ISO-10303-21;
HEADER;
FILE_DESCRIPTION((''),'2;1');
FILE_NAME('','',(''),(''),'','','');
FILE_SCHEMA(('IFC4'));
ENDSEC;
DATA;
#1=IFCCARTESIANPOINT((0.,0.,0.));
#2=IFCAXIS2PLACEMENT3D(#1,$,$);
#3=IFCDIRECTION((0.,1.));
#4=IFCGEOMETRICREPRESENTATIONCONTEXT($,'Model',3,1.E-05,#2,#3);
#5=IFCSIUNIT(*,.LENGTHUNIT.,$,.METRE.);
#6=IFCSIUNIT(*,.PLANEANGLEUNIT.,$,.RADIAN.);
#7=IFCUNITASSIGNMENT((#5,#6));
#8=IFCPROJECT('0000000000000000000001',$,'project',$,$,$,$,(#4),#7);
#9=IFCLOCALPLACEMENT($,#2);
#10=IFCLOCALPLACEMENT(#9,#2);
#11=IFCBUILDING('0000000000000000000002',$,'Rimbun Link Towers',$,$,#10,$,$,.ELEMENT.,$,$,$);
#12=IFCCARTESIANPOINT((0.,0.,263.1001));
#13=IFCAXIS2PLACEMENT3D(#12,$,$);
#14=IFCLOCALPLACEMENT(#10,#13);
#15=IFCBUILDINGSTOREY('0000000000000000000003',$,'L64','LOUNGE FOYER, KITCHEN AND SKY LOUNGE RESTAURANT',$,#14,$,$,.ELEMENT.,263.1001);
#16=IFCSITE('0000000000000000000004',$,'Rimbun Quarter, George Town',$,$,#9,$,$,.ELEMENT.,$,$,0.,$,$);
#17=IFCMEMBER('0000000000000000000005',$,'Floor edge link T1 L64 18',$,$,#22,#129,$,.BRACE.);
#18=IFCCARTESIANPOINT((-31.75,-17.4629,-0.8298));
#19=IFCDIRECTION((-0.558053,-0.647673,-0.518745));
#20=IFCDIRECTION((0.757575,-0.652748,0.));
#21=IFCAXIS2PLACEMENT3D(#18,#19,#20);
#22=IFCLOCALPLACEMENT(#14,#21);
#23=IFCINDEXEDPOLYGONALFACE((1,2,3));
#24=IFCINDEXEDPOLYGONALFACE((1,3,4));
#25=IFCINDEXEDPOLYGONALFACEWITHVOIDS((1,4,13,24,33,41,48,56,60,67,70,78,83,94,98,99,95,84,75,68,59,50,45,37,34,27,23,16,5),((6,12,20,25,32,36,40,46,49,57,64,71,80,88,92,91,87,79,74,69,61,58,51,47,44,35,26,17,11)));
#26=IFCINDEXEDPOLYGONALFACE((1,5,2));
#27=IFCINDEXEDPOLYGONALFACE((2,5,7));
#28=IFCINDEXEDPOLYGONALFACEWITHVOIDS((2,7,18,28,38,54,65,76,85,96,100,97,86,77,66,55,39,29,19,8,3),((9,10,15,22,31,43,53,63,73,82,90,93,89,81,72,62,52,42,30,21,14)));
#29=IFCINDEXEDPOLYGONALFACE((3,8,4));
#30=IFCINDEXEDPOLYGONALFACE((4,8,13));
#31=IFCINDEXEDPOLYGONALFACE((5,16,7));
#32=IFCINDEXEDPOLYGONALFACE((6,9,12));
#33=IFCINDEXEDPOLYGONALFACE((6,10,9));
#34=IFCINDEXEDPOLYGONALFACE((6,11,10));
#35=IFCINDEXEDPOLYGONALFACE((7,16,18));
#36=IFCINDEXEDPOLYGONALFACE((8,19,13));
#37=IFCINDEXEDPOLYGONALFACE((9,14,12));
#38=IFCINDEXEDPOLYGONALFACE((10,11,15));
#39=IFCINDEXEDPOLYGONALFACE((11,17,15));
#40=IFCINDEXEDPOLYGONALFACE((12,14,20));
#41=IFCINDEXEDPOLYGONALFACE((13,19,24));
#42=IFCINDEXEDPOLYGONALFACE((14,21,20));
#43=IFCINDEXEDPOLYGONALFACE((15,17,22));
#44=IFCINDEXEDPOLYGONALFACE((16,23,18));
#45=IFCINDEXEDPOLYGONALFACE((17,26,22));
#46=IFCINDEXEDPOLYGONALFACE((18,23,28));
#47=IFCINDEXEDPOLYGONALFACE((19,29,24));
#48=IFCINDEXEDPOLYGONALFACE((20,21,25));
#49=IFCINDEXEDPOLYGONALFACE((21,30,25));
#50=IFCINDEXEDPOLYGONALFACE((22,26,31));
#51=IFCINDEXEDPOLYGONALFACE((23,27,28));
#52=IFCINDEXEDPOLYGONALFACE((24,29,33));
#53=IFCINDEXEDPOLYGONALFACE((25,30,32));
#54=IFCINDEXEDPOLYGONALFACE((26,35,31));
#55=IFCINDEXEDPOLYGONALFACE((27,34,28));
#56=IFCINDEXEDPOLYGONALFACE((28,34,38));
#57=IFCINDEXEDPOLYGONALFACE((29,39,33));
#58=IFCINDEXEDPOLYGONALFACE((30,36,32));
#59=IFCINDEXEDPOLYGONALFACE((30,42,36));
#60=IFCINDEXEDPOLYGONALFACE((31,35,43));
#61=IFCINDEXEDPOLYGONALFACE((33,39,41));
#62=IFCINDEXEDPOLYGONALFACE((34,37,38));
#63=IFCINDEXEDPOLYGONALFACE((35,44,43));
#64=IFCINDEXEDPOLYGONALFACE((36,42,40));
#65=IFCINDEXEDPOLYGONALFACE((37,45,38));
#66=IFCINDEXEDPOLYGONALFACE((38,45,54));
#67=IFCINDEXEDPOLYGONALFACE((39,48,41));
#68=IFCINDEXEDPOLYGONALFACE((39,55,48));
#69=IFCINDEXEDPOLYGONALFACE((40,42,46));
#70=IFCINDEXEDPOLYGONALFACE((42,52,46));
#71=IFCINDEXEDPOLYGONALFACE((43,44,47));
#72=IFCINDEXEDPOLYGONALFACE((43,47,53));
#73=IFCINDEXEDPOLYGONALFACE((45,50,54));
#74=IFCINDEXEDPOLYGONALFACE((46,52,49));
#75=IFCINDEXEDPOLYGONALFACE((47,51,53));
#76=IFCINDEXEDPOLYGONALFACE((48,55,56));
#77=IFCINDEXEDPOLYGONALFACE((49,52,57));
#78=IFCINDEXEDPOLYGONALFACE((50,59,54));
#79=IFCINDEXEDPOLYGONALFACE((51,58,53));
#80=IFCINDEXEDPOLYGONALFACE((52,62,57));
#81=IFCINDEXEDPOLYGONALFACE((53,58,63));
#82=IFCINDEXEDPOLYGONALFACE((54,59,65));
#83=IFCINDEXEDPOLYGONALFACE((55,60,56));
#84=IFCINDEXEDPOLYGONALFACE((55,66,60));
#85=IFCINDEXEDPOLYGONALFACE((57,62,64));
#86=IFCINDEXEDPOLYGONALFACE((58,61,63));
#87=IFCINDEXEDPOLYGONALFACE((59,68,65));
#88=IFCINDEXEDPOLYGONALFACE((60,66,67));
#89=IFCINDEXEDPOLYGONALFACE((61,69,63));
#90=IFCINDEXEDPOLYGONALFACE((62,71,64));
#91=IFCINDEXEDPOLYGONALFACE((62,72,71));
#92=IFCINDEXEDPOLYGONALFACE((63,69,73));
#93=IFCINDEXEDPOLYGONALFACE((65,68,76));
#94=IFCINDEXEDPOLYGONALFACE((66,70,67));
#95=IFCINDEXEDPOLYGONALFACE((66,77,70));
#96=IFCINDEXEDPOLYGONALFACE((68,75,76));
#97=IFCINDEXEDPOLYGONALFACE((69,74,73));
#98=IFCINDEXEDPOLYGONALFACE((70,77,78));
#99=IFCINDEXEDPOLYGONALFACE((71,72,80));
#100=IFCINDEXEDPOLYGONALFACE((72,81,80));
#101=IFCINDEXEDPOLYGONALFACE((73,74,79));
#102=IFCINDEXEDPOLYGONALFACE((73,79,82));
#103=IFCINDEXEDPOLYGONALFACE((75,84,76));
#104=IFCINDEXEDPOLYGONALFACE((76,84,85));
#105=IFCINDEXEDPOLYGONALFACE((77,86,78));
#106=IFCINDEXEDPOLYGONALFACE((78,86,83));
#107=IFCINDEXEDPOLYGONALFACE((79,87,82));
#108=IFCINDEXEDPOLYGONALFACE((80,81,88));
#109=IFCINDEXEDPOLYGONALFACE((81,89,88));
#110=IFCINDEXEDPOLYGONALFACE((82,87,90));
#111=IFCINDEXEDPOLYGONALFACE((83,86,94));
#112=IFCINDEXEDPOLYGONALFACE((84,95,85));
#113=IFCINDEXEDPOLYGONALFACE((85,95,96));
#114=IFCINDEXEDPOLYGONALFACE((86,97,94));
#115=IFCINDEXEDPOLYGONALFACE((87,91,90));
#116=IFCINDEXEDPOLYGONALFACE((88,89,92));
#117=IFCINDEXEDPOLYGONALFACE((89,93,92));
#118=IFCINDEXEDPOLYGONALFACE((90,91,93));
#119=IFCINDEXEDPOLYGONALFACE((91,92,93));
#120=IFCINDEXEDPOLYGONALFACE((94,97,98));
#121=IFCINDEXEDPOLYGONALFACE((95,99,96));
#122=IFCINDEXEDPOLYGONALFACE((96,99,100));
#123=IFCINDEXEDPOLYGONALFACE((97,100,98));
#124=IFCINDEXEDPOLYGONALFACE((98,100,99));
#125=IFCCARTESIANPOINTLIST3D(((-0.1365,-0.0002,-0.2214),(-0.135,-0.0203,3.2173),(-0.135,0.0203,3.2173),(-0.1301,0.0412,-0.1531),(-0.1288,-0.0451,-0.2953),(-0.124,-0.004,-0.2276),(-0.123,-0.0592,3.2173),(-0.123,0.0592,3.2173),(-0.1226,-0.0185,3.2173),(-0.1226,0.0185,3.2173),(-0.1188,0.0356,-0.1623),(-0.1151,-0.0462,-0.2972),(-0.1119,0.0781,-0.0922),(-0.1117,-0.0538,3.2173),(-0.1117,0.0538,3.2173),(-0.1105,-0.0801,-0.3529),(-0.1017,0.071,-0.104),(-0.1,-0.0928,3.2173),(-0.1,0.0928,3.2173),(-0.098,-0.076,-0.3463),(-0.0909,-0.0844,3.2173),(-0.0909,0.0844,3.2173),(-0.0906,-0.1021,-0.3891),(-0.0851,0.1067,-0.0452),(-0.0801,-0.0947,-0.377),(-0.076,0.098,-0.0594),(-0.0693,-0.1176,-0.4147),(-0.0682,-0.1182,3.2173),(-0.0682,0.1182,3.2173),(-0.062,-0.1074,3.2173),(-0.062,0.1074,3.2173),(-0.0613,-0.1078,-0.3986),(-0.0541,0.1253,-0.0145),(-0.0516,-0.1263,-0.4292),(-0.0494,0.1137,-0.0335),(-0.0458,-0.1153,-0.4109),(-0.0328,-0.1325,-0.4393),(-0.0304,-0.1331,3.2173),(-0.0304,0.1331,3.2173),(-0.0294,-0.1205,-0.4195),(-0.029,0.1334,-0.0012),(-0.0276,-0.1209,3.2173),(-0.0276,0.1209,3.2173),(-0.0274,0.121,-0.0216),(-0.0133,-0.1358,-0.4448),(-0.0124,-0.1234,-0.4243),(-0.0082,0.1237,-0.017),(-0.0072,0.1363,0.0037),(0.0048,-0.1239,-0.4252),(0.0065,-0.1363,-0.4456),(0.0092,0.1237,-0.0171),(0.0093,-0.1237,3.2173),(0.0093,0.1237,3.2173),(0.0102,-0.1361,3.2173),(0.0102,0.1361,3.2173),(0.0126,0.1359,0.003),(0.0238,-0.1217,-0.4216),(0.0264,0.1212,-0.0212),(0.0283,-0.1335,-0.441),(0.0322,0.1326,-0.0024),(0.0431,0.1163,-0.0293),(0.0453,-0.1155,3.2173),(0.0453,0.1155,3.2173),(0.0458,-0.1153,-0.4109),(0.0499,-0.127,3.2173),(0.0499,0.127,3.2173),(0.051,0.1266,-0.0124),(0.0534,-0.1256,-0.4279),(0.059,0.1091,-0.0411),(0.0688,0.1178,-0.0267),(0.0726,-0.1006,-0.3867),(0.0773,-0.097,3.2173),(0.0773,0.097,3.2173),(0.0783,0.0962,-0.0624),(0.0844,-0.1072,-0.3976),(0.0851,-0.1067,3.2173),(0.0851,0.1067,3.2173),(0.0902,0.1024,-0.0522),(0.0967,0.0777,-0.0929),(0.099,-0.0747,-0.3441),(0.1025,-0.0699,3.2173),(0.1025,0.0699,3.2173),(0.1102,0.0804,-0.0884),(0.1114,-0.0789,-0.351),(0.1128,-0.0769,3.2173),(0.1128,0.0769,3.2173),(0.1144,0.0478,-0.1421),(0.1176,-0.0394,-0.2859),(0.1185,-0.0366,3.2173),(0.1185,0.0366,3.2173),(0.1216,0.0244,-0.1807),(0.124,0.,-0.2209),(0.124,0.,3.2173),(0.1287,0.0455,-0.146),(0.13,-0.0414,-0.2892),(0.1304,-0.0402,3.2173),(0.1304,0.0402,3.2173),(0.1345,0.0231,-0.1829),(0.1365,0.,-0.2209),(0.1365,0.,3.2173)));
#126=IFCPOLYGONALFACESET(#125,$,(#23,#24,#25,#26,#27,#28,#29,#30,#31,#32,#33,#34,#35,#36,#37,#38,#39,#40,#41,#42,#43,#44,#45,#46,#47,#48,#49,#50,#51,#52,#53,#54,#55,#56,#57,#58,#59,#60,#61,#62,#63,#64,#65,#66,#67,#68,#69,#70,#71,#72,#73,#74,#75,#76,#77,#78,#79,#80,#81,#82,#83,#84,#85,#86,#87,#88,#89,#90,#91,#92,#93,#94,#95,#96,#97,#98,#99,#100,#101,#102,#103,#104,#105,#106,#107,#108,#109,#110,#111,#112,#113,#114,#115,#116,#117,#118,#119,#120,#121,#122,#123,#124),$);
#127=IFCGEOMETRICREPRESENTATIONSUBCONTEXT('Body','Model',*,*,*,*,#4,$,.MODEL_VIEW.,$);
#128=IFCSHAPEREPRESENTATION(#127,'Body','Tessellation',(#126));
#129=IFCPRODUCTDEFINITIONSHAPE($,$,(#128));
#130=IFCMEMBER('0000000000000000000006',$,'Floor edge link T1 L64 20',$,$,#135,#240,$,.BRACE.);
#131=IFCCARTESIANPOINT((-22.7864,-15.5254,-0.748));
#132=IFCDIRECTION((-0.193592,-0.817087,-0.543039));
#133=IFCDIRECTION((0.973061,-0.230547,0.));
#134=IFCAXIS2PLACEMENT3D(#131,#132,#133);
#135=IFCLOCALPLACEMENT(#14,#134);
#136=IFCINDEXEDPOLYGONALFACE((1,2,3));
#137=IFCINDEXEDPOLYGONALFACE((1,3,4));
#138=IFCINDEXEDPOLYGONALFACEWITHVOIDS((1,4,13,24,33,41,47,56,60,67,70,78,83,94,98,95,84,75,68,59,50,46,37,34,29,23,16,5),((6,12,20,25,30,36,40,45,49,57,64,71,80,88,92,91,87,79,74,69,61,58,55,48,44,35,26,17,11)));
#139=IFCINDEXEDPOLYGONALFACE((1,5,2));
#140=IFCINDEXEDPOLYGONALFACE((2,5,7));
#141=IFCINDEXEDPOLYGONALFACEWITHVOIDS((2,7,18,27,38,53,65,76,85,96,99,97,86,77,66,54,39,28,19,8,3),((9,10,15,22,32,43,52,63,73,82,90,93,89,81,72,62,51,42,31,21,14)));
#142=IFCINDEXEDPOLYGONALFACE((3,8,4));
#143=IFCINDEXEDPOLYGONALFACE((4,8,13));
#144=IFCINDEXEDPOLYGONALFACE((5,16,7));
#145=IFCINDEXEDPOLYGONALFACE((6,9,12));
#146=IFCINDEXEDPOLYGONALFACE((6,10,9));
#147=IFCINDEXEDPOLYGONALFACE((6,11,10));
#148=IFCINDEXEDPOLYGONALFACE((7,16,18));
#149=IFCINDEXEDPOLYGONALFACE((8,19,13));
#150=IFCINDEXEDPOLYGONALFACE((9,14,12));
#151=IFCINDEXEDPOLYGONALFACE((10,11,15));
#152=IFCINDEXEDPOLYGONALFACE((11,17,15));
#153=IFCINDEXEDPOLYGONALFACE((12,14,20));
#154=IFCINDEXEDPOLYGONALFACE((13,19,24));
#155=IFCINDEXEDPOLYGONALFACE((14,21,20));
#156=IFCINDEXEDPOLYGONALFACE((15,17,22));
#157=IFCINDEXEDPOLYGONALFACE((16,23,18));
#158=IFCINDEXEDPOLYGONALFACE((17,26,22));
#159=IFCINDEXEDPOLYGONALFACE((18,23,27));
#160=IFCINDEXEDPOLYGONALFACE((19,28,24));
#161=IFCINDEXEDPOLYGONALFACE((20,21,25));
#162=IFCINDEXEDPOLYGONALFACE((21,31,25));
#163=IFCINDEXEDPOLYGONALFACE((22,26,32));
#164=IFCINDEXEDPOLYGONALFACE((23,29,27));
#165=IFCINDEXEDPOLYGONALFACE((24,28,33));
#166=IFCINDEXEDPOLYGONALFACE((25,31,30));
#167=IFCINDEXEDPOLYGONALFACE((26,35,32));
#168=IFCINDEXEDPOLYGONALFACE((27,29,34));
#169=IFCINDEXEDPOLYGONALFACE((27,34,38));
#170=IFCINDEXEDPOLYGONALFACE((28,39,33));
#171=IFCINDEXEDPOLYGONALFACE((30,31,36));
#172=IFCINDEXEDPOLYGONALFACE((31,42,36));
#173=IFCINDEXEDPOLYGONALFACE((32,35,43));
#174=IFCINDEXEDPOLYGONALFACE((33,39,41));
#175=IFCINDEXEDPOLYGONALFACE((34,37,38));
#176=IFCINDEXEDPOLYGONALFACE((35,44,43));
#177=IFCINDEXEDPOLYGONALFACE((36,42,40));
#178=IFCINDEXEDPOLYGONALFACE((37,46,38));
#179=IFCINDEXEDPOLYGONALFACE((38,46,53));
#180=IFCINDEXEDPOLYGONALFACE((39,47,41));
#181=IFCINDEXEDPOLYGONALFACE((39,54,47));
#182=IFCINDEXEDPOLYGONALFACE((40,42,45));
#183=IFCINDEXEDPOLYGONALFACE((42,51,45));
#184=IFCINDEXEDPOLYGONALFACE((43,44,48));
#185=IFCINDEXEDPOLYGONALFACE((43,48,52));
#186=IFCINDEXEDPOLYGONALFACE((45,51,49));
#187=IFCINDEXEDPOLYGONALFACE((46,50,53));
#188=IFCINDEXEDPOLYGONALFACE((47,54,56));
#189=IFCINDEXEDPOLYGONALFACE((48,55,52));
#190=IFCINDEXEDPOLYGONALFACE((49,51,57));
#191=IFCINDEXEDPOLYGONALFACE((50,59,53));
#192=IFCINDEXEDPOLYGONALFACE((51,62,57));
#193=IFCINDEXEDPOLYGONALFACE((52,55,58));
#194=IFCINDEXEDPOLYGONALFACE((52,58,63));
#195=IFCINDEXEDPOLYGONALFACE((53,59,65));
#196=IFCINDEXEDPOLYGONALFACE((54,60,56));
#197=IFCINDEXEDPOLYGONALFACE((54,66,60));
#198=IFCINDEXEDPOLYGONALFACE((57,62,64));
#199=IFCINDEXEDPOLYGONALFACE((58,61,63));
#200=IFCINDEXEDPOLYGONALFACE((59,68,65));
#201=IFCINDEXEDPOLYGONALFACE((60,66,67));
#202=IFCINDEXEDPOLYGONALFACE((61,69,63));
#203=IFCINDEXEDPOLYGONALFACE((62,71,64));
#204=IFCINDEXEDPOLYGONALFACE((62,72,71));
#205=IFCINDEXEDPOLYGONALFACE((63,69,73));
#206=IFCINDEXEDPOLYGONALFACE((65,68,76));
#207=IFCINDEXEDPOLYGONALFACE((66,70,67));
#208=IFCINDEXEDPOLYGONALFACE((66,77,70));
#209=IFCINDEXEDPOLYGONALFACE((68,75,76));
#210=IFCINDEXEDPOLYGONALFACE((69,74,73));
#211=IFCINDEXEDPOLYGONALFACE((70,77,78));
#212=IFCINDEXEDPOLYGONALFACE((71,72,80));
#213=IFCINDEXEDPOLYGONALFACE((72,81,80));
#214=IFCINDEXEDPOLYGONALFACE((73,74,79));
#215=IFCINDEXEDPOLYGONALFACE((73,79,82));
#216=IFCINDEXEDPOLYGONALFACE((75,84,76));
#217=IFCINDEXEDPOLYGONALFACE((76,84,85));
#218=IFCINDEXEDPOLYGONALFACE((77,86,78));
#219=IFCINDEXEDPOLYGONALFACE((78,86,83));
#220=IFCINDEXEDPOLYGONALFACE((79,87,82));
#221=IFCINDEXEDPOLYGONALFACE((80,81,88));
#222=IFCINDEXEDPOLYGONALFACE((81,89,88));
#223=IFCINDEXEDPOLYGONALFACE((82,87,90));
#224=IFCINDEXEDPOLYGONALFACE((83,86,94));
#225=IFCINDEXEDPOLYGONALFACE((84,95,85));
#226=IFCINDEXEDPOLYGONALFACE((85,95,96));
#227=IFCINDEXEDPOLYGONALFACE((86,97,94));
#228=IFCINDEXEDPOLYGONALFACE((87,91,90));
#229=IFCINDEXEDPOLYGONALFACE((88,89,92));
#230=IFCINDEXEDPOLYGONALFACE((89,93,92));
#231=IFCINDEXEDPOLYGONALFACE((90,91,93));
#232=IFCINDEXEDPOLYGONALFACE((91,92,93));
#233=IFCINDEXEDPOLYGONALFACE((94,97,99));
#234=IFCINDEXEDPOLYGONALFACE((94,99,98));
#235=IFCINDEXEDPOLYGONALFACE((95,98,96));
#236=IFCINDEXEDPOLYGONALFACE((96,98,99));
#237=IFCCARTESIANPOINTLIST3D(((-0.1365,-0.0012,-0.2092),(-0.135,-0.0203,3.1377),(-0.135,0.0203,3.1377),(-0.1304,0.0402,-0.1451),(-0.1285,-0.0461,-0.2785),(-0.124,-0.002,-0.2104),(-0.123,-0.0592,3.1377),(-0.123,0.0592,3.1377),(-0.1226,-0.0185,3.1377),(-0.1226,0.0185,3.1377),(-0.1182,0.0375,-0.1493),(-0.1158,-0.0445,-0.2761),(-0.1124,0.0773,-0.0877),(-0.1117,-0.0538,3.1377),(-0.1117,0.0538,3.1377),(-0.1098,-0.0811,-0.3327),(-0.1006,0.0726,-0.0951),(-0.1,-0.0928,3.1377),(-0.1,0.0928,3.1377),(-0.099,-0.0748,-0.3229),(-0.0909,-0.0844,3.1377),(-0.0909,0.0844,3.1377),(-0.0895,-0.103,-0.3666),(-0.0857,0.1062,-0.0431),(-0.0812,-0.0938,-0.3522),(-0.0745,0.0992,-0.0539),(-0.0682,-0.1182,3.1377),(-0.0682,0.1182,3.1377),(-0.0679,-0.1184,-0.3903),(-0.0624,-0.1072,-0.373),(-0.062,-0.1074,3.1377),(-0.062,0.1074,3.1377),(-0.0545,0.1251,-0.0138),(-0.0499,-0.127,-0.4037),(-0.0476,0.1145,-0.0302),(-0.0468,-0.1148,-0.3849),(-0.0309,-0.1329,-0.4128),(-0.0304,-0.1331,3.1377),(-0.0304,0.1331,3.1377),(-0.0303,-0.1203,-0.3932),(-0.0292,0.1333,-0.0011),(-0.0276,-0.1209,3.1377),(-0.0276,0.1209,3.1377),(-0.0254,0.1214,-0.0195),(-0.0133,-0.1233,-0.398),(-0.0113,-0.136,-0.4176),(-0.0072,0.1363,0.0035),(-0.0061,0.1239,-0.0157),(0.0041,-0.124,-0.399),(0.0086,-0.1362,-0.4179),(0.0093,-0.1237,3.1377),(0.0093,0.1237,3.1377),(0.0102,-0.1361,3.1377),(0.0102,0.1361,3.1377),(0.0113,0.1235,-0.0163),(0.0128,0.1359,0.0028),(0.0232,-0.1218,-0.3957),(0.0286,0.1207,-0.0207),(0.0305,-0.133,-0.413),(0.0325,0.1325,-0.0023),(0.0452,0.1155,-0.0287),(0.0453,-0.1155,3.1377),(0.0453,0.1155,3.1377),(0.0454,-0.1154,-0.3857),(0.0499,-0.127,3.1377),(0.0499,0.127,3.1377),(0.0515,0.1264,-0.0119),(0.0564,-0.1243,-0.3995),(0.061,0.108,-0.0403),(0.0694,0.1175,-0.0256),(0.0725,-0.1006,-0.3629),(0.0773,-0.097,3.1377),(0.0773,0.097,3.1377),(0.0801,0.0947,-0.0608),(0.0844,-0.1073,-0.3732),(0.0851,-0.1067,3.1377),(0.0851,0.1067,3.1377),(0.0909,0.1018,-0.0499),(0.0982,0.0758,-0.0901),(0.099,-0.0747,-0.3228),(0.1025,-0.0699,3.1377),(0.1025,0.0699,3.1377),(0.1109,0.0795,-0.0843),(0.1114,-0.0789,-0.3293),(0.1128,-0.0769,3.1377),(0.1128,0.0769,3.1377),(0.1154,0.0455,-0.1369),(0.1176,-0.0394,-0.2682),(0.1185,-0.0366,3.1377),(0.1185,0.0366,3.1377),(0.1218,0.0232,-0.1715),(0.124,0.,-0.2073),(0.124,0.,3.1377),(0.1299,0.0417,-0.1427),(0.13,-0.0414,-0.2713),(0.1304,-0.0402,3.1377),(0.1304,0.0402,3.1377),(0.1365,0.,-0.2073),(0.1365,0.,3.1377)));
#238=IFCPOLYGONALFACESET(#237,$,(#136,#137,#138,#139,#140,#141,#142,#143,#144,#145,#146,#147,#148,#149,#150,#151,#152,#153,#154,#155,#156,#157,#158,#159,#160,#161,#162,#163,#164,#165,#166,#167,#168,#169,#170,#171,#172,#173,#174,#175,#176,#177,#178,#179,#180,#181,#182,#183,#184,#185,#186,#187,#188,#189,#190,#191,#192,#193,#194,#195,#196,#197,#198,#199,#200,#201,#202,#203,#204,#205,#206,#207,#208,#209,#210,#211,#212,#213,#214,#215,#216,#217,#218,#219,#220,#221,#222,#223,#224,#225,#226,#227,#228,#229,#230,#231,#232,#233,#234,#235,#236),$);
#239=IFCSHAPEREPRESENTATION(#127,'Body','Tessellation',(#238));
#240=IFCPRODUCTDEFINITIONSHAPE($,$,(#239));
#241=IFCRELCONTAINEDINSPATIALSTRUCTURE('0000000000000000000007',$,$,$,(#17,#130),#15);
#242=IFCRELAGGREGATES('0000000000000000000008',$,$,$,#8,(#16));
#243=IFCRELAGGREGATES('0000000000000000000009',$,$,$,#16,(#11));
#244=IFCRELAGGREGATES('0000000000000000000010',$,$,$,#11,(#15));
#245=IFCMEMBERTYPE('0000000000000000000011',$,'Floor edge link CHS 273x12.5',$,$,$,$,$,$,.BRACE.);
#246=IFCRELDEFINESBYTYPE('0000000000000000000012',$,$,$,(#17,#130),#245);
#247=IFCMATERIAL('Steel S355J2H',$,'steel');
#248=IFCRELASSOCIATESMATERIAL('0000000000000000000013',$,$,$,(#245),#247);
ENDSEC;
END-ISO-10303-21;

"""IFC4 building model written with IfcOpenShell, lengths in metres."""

from ifc_helpers import new_model, si_unit, direction, frame, origin, origin_2d, place, context, subcontext, project, spatial, hollow_circle, extrude, clip, halfspace, material, material_profile, profile_set, type_object, element, save


model = new_model("IFC4")

# Units and contexts
model_context = context("Model", 3, precision=1e-05, world=origin(), true_north=direction((0.0, 1.0)))
body_context = subcontext(model_context, "Body", "Model", "MODEL_VIEW")
ifc_project = project(units=[si_unit("LENGTHUNIT", "METRE"), si_unit("PLANEANGLEUNIT", "RADIAN")], contexts=[model_context])

# Site, building, storey
site_placement = place(None, origin())
site = spatial("IfcSite", under=ifc_project, at=site_placement, Name="Rimbun Quarter, George Town", CompositionType="ELEMENT", RefElevation=0.0)
building_placement = place(site_placement, origin())
building = spatial("IfcBuilding", under=site, at=building_placement, Name="Rimbun Link Towers", CompositionType="ELEMENT")
storey_placement = place(building_placement, frame((0.0, 0.0, 263.1001)))
storey = spatial("IfcBuildingStorey", under=building, at=storey_placement, Name="L64", Description="LOUNGE FOYER, KITCHEN AND SKY LOUNGE RESTAURANT", CompositionType="ELEMENT", Elevation=263.1001)

# Members
ifc_material_1 = material(Name="Steel S355J2H", Category="steel")
ifc_material_profile_1 = material_profile(ifc_material_1, hollow_circle(Radius=0.1365, WallThickness=0.0125, at=origin_2d()), Name="CHS 273x12.5")
ifc_profile_set_1 = profile_set([ifc_material_profile_1], Name="Steel S355J2H")
member_type_1 = type_object("IfcMemberType", Name="Floor edge link CHS 273x12.5", PredefinedType="BRACE", material=ifc_profile_set_1)
member_1_placement = place(storey_placement, frame((-31.75, -17.4629, -0.8298), z_axis=(-0.558053, -0.647673, -0.518745), x_axis=(0.757575, -0.652748, 0.0)))
element("IfcMember", 1, at=member_1_placement, inside=storey, type_object=member_type_1, Name="Floor edge link T1 L64 18", PredefinedType="BRACE", context=body_context, shape_type="Clipping", body=[
    clip(extrude(hollow_circle(Radius=0.1365, WallThickness=0.0125, at=origin_2d()), frame((0.0, 0.0, -0.4692)), (0.0, 0.0, 1.0), 3.6865), halfspace(frame((0.0, 0.0, -0.2209), z_axis=(0.0, 0.854929, -0.518745)), False)),
])
member_2_placement = place(storey_placement, frame((-22.7864, -15.5254, -0.748), z_axis=(-0.193592, -0.817087, -0.543039), x_axis=(0.973061, -0.230547, 0.0)))
element("IfcMember", 2, at=member_2_placement, inside=storey, type_object=member_type_1, Name="Floor edge link T1 L64 20", PredefinedType="BRACE", context=body_context, shape_type="Clipping", body=[
    clip(extrude(hollow_circle(Radius=0.1365, WallThickness=0.0125, at=origin_2d()), frame((0.0, 0.0, -0.4404)), (0.0, 0.0, 1.0), 3.5781), halfspace(frame((0.0, 0.0, -0.2073), z_axis=(0.0, 0.839708, -0.543039)), False)),
])

save(model, "model.ifc")
